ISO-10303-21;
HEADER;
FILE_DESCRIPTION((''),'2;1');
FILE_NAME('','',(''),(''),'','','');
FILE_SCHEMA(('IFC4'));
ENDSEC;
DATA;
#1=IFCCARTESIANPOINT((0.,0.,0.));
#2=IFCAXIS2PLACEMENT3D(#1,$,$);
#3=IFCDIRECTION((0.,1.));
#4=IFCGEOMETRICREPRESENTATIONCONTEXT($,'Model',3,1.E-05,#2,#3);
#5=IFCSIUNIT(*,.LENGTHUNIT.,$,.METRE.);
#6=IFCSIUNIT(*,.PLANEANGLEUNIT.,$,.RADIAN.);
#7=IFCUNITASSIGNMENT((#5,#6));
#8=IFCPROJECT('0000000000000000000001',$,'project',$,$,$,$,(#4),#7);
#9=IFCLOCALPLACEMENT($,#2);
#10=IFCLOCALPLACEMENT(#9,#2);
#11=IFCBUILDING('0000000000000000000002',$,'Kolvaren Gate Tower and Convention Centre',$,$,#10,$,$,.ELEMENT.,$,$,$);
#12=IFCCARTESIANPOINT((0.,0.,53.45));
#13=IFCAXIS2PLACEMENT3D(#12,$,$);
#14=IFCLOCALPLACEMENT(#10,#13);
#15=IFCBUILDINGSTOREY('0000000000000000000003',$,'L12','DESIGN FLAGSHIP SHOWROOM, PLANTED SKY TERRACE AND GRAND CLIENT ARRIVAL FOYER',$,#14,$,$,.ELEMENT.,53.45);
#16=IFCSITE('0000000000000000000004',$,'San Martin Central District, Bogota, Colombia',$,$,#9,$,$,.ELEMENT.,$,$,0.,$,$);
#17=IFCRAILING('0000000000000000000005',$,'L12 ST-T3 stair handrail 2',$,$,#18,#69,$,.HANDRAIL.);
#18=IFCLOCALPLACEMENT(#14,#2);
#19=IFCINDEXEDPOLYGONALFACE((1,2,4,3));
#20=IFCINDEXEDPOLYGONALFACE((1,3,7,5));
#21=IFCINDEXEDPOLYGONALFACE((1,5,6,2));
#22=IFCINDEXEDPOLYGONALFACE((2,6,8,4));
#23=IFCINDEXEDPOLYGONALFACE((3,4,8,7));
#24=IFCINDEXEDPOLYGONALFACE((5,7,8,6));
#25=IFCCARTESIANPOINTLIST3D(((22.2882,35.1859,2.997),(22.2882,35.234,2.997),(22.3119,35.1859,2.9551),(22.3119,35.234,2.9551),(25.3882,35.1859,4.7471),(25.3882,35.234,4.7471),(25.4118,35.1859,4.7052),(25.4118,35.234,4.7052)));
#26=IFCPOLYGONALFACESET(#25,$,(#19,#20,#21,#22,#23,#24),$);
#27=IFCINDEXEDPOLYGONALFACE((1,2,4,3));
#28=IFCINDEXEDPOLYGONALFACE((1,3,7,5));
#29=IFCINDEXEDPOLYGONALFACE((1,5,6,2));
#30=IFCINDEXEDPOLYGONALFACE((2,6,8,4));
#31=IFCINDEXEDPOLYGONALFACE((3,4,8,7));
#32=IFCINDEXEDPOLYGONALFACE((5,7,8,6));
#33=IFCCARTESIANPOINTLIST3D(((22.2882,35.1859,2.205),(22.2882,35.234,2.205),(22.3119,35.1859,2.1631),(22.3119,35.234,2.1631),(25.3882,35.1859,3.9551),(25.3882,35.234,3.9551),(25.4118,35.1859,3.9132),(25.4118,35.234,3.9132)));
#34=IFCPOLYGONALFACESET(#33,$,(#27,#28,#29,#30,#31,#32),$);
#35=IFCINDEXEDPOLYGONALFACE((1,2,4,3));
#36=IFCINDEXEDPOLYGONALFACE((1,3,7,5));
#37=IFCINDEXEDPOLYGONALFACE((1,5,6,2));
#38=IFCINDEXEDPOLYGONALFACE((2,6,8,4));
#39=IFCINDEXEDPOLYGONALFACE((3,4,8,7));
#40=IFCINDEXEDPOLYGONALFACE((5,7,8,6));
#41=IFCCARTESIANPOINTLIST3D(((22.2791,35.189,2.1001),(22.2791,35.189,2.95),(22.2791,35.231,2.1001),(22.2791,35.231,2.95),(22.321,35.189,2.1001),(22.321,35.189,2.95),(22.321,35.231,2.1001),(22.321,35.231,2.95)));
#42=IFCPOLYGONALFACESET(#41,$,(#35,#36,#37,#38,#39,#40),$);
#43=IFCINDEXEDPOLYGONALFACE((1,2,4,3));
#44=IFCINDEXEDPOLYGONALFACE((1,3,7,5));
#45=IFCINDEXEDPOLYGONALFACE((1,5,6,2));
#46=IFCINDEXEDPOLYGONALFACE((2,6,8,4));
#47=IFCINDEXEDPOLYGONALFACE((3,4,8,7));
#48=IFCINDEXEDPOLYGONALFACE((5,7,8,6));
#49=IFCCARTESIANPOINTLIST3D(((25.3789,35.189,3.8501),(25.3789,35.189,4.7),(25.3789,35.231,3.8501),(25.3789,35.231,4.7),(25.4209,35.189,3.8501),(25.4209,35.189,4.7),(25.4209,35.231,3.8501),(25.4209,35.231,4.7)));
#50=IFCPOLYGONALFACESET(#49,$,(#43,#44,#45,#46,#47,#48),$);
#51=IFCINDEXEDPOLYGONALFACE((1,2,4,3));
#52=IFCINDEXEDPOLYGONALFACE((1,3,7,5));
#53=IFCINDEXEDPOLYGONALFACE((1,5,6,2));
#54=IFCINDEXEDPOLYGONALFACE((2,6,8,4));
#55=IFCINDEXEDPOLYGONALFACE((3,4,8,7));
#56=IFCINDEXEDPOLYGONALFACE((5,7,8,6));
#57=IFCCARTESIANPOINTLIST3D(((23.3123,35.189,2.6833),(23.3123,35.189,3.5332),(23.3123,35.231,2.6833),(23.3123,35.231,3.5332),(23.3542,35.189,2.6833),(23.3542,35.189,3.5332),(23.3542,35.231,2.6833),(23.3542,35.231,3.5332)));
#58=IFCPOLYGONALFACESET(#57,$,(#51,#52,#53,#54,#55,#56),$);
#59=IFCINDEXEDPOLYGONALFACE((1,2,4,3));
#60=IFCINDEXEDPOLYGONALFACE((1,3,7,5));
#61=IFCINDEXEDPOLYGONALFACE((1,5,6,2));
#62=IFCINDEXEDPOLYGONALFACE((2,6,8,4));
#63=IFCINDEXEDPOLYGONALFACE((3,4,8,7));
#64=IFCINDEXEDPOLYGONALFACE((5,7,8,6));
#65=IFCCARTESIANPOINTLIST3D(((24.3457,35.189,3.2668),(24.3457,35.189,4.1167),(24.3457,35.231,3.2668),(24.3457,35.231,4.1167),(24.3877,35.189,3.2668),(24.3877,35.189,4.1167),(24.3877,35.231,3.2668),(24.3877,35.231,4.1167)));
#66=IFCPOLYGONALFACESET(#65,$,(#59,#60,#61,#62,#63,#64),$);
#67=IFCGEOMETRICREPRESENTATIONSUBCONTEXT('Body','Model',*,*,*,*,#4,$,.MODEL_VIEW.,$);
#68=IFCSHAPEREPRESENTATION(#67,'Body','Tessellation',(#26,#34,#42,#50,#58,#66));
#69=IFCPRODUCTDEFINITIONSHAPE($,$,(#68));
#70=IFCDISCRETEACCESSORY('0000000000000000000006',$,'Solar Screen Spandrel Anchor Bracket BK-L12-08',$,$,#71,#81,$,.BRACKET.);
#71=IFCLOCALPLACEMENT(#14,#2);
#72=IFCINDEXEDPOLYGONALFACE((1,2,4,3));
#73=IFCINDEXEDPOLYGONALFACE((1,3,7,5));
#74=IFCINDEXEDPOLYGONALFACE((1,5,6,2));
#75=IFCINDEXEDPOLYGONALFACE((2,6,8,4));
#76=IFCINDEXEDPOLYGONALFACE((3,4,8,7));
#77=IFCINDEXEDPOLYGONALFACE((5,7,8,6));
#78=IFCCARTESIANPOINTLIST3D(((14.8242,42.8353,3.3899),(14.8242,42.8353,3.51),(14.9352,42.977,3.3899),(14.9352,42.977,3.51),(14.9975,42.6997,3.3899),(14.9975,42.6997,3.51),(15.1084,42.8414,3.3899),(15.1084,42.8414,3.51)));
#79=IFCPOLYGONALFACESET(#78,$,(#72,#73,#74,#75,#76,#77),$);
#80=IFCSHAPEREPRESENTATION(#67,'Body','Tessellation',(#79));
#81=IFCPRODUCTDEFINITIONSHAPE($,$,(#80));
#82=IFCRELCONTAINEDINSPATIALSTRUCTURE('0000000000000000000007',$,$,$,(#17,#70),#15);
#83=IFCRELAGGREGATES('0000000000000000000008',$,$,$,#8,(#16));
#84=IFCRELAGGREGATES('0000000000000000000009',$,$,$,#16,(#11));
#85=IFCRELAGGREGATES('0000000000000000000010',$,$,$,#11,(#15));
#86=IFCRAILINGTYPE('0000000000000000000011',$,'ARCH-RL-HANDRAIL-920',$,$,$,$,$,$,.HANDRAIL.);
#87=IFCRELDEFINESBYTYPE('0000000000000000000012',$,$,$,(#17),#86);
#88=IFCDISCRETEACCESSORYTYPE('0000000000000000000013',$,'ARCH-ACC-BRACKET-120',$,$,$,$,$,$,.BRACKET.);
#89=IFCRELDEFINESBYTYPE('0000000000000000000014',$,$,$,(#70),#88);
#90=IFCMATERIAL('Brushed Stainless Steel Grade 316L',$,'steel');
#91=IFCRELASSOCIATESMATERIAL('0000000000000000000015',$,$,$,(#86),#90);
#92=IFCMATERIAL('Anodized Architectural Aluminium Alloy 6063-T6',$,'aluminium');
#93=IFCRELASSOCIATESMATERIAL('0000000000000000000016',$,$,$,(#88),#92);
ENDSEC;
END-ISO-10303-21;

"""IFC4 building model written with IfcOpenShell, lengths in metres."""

from ifc_helpers import new_model, si_unit, direction, frame, origin, origin_2d, place, context, subcontext, project, spatial, rectangle, extrude, material, type_object, element, save


model = new_model("IFC4")

# Units and contexts
model_context = context("Model", 3, precision=1e-05, world=origin(), true_north=direction((0.0, 1.0)))
body_context = subcontext(model_context, "Body", "Model", "MODEL_VIEW")
ifc_project = project(units=[si_unit("LENGTHUNIT", "METRE"), si_unit("PLANEANGLEUNIT", "RADIAN")], contexts=[model_context])

# Site, building, storey
site_placement = place(None, origin())
site = spatial("IfcSite", under=ifc_project, at=site_placement, Name="San Martin Central District, Bogota, Colombia", CompositionType="ELEMENT", RefElevation=0.0)
building_placement = place(site_placement, origin())
building = spatial("IfcBuilding", under=site, at=building_placement, Name="Kolvaren Gate Tower and Convention Centre", CompositionType="ELEMENT")
storey_placement = place(building_placement, frame((0.0, 0.0, 53.45)))
storey = spatial("IfcBuildingStorey", under=building, at=storey_placement, Name="L12", Description="DESIGN FLAGSHIP SHOWROOM, PLANTED SKY TERRACE AND GRAND CLIENT ARRIVAL FOYER", CompositionType="ELEMENT", Elevation=53.45)

# Shared definitions
ifc_material_1 = material(Name="Anodized Architectural Aluminium Alloy 6063-T6", Category="aluminium")

# Railing
ifc_material_2 = material(Name="Brushed Stainless Steel Grade 316L", Category="steel")
railing_type_1 = type_object("IfcRailingType", Name="ARCH-RL-HANDRAIL-920", PredefinedType="HANDRAIL", material=ifc_material_2)
railing_1_placement = place(storey_placement, frame((22.3, 35.21, 2.1001)))
element("IfcRailing", 1, at=railing_1_placement, inside=storey, type_object=railing_type_1, Name="L12 ST-T3 stair handrail 2", PredefinedType="HANDRAIL", context=body_context, shape_type="SweptSolid", body=[
    extrude(rectangle(XDim=0.0481, YDim=0.0481, at=origin_2d()), frame((0.0, 0.0, 0.876), z_axis=(0.870814, 0.0, 0.491612), x_axis=(0.0, 1.0, 0.0)), (0.0, 0.0, 1.0), 3.5598),
    extrude(rectangle(XDim=0.0481, YDim=0.0481, at=origin_2d()), frame((0.0, 0.0, 0.084), z_axis=(0.870814, 0.0, 0.491612), x_axis=(0.0, 1.0, 0.0)), (0.0, 0.0, 1.0), 3.5598),
    extrude(rectangle(XDim=0.042, YDim=0.042, at=origin_2d()), origin(), (0.0, 0.0, 1.0), 0.8499),
    extrude(rectangle(XDim=0.042, YDim=0.042, at=origin_2d()), frame((3.0999, 0.0, 1.75)), (0.0, 0.0, 1.0), 0.8499),
    extrude(rectangle(XDim=0.042, YDim=0.042, at=origin_2d()), frame((1.0332, 0.0, 0.5833)), (0.0, 0.0, 1.0), 0.8499),
    extrude(rectangle(XDim=0.042, YDim=0.042, at=origin_2d()), frame((2.0667, 0.0, 1.1667)), (0.0, 0.0, 1.0), 0.8499),
])

# Discrete accessory
discrete_accessory_type = type_object("IfcDiscreteAccessoryType", Name="ARCH-ACC-BRACKET-120", PredefinedType="BRACKET", material=ifc_material_1)
discrete_accessory_placement = place(storey_placement, frame((14.9663, 42.8384, 3.3899), z_axis=(0.0, 0.0, 1.0), x_axis=(0.616442, 0.7874, 0.0)))
element("IfcDiscreteAccessory", 2, at=discrete_accessory_placement, inside=storey, type_object=discrete_accessory_type, Name="Solar Screen Spandrel Anchor Bracket BK-L12-08", PredefinedType="BRACKET", context=body_context, shape_type="SweptSolid", body=[
    extrude(rectangle(XDim=0.1799, YDim=0.22, at=origin_2d()), origin(), (0.0, 0.0, 1.0), 0.1201),
])

save(model, "model.ifc")
